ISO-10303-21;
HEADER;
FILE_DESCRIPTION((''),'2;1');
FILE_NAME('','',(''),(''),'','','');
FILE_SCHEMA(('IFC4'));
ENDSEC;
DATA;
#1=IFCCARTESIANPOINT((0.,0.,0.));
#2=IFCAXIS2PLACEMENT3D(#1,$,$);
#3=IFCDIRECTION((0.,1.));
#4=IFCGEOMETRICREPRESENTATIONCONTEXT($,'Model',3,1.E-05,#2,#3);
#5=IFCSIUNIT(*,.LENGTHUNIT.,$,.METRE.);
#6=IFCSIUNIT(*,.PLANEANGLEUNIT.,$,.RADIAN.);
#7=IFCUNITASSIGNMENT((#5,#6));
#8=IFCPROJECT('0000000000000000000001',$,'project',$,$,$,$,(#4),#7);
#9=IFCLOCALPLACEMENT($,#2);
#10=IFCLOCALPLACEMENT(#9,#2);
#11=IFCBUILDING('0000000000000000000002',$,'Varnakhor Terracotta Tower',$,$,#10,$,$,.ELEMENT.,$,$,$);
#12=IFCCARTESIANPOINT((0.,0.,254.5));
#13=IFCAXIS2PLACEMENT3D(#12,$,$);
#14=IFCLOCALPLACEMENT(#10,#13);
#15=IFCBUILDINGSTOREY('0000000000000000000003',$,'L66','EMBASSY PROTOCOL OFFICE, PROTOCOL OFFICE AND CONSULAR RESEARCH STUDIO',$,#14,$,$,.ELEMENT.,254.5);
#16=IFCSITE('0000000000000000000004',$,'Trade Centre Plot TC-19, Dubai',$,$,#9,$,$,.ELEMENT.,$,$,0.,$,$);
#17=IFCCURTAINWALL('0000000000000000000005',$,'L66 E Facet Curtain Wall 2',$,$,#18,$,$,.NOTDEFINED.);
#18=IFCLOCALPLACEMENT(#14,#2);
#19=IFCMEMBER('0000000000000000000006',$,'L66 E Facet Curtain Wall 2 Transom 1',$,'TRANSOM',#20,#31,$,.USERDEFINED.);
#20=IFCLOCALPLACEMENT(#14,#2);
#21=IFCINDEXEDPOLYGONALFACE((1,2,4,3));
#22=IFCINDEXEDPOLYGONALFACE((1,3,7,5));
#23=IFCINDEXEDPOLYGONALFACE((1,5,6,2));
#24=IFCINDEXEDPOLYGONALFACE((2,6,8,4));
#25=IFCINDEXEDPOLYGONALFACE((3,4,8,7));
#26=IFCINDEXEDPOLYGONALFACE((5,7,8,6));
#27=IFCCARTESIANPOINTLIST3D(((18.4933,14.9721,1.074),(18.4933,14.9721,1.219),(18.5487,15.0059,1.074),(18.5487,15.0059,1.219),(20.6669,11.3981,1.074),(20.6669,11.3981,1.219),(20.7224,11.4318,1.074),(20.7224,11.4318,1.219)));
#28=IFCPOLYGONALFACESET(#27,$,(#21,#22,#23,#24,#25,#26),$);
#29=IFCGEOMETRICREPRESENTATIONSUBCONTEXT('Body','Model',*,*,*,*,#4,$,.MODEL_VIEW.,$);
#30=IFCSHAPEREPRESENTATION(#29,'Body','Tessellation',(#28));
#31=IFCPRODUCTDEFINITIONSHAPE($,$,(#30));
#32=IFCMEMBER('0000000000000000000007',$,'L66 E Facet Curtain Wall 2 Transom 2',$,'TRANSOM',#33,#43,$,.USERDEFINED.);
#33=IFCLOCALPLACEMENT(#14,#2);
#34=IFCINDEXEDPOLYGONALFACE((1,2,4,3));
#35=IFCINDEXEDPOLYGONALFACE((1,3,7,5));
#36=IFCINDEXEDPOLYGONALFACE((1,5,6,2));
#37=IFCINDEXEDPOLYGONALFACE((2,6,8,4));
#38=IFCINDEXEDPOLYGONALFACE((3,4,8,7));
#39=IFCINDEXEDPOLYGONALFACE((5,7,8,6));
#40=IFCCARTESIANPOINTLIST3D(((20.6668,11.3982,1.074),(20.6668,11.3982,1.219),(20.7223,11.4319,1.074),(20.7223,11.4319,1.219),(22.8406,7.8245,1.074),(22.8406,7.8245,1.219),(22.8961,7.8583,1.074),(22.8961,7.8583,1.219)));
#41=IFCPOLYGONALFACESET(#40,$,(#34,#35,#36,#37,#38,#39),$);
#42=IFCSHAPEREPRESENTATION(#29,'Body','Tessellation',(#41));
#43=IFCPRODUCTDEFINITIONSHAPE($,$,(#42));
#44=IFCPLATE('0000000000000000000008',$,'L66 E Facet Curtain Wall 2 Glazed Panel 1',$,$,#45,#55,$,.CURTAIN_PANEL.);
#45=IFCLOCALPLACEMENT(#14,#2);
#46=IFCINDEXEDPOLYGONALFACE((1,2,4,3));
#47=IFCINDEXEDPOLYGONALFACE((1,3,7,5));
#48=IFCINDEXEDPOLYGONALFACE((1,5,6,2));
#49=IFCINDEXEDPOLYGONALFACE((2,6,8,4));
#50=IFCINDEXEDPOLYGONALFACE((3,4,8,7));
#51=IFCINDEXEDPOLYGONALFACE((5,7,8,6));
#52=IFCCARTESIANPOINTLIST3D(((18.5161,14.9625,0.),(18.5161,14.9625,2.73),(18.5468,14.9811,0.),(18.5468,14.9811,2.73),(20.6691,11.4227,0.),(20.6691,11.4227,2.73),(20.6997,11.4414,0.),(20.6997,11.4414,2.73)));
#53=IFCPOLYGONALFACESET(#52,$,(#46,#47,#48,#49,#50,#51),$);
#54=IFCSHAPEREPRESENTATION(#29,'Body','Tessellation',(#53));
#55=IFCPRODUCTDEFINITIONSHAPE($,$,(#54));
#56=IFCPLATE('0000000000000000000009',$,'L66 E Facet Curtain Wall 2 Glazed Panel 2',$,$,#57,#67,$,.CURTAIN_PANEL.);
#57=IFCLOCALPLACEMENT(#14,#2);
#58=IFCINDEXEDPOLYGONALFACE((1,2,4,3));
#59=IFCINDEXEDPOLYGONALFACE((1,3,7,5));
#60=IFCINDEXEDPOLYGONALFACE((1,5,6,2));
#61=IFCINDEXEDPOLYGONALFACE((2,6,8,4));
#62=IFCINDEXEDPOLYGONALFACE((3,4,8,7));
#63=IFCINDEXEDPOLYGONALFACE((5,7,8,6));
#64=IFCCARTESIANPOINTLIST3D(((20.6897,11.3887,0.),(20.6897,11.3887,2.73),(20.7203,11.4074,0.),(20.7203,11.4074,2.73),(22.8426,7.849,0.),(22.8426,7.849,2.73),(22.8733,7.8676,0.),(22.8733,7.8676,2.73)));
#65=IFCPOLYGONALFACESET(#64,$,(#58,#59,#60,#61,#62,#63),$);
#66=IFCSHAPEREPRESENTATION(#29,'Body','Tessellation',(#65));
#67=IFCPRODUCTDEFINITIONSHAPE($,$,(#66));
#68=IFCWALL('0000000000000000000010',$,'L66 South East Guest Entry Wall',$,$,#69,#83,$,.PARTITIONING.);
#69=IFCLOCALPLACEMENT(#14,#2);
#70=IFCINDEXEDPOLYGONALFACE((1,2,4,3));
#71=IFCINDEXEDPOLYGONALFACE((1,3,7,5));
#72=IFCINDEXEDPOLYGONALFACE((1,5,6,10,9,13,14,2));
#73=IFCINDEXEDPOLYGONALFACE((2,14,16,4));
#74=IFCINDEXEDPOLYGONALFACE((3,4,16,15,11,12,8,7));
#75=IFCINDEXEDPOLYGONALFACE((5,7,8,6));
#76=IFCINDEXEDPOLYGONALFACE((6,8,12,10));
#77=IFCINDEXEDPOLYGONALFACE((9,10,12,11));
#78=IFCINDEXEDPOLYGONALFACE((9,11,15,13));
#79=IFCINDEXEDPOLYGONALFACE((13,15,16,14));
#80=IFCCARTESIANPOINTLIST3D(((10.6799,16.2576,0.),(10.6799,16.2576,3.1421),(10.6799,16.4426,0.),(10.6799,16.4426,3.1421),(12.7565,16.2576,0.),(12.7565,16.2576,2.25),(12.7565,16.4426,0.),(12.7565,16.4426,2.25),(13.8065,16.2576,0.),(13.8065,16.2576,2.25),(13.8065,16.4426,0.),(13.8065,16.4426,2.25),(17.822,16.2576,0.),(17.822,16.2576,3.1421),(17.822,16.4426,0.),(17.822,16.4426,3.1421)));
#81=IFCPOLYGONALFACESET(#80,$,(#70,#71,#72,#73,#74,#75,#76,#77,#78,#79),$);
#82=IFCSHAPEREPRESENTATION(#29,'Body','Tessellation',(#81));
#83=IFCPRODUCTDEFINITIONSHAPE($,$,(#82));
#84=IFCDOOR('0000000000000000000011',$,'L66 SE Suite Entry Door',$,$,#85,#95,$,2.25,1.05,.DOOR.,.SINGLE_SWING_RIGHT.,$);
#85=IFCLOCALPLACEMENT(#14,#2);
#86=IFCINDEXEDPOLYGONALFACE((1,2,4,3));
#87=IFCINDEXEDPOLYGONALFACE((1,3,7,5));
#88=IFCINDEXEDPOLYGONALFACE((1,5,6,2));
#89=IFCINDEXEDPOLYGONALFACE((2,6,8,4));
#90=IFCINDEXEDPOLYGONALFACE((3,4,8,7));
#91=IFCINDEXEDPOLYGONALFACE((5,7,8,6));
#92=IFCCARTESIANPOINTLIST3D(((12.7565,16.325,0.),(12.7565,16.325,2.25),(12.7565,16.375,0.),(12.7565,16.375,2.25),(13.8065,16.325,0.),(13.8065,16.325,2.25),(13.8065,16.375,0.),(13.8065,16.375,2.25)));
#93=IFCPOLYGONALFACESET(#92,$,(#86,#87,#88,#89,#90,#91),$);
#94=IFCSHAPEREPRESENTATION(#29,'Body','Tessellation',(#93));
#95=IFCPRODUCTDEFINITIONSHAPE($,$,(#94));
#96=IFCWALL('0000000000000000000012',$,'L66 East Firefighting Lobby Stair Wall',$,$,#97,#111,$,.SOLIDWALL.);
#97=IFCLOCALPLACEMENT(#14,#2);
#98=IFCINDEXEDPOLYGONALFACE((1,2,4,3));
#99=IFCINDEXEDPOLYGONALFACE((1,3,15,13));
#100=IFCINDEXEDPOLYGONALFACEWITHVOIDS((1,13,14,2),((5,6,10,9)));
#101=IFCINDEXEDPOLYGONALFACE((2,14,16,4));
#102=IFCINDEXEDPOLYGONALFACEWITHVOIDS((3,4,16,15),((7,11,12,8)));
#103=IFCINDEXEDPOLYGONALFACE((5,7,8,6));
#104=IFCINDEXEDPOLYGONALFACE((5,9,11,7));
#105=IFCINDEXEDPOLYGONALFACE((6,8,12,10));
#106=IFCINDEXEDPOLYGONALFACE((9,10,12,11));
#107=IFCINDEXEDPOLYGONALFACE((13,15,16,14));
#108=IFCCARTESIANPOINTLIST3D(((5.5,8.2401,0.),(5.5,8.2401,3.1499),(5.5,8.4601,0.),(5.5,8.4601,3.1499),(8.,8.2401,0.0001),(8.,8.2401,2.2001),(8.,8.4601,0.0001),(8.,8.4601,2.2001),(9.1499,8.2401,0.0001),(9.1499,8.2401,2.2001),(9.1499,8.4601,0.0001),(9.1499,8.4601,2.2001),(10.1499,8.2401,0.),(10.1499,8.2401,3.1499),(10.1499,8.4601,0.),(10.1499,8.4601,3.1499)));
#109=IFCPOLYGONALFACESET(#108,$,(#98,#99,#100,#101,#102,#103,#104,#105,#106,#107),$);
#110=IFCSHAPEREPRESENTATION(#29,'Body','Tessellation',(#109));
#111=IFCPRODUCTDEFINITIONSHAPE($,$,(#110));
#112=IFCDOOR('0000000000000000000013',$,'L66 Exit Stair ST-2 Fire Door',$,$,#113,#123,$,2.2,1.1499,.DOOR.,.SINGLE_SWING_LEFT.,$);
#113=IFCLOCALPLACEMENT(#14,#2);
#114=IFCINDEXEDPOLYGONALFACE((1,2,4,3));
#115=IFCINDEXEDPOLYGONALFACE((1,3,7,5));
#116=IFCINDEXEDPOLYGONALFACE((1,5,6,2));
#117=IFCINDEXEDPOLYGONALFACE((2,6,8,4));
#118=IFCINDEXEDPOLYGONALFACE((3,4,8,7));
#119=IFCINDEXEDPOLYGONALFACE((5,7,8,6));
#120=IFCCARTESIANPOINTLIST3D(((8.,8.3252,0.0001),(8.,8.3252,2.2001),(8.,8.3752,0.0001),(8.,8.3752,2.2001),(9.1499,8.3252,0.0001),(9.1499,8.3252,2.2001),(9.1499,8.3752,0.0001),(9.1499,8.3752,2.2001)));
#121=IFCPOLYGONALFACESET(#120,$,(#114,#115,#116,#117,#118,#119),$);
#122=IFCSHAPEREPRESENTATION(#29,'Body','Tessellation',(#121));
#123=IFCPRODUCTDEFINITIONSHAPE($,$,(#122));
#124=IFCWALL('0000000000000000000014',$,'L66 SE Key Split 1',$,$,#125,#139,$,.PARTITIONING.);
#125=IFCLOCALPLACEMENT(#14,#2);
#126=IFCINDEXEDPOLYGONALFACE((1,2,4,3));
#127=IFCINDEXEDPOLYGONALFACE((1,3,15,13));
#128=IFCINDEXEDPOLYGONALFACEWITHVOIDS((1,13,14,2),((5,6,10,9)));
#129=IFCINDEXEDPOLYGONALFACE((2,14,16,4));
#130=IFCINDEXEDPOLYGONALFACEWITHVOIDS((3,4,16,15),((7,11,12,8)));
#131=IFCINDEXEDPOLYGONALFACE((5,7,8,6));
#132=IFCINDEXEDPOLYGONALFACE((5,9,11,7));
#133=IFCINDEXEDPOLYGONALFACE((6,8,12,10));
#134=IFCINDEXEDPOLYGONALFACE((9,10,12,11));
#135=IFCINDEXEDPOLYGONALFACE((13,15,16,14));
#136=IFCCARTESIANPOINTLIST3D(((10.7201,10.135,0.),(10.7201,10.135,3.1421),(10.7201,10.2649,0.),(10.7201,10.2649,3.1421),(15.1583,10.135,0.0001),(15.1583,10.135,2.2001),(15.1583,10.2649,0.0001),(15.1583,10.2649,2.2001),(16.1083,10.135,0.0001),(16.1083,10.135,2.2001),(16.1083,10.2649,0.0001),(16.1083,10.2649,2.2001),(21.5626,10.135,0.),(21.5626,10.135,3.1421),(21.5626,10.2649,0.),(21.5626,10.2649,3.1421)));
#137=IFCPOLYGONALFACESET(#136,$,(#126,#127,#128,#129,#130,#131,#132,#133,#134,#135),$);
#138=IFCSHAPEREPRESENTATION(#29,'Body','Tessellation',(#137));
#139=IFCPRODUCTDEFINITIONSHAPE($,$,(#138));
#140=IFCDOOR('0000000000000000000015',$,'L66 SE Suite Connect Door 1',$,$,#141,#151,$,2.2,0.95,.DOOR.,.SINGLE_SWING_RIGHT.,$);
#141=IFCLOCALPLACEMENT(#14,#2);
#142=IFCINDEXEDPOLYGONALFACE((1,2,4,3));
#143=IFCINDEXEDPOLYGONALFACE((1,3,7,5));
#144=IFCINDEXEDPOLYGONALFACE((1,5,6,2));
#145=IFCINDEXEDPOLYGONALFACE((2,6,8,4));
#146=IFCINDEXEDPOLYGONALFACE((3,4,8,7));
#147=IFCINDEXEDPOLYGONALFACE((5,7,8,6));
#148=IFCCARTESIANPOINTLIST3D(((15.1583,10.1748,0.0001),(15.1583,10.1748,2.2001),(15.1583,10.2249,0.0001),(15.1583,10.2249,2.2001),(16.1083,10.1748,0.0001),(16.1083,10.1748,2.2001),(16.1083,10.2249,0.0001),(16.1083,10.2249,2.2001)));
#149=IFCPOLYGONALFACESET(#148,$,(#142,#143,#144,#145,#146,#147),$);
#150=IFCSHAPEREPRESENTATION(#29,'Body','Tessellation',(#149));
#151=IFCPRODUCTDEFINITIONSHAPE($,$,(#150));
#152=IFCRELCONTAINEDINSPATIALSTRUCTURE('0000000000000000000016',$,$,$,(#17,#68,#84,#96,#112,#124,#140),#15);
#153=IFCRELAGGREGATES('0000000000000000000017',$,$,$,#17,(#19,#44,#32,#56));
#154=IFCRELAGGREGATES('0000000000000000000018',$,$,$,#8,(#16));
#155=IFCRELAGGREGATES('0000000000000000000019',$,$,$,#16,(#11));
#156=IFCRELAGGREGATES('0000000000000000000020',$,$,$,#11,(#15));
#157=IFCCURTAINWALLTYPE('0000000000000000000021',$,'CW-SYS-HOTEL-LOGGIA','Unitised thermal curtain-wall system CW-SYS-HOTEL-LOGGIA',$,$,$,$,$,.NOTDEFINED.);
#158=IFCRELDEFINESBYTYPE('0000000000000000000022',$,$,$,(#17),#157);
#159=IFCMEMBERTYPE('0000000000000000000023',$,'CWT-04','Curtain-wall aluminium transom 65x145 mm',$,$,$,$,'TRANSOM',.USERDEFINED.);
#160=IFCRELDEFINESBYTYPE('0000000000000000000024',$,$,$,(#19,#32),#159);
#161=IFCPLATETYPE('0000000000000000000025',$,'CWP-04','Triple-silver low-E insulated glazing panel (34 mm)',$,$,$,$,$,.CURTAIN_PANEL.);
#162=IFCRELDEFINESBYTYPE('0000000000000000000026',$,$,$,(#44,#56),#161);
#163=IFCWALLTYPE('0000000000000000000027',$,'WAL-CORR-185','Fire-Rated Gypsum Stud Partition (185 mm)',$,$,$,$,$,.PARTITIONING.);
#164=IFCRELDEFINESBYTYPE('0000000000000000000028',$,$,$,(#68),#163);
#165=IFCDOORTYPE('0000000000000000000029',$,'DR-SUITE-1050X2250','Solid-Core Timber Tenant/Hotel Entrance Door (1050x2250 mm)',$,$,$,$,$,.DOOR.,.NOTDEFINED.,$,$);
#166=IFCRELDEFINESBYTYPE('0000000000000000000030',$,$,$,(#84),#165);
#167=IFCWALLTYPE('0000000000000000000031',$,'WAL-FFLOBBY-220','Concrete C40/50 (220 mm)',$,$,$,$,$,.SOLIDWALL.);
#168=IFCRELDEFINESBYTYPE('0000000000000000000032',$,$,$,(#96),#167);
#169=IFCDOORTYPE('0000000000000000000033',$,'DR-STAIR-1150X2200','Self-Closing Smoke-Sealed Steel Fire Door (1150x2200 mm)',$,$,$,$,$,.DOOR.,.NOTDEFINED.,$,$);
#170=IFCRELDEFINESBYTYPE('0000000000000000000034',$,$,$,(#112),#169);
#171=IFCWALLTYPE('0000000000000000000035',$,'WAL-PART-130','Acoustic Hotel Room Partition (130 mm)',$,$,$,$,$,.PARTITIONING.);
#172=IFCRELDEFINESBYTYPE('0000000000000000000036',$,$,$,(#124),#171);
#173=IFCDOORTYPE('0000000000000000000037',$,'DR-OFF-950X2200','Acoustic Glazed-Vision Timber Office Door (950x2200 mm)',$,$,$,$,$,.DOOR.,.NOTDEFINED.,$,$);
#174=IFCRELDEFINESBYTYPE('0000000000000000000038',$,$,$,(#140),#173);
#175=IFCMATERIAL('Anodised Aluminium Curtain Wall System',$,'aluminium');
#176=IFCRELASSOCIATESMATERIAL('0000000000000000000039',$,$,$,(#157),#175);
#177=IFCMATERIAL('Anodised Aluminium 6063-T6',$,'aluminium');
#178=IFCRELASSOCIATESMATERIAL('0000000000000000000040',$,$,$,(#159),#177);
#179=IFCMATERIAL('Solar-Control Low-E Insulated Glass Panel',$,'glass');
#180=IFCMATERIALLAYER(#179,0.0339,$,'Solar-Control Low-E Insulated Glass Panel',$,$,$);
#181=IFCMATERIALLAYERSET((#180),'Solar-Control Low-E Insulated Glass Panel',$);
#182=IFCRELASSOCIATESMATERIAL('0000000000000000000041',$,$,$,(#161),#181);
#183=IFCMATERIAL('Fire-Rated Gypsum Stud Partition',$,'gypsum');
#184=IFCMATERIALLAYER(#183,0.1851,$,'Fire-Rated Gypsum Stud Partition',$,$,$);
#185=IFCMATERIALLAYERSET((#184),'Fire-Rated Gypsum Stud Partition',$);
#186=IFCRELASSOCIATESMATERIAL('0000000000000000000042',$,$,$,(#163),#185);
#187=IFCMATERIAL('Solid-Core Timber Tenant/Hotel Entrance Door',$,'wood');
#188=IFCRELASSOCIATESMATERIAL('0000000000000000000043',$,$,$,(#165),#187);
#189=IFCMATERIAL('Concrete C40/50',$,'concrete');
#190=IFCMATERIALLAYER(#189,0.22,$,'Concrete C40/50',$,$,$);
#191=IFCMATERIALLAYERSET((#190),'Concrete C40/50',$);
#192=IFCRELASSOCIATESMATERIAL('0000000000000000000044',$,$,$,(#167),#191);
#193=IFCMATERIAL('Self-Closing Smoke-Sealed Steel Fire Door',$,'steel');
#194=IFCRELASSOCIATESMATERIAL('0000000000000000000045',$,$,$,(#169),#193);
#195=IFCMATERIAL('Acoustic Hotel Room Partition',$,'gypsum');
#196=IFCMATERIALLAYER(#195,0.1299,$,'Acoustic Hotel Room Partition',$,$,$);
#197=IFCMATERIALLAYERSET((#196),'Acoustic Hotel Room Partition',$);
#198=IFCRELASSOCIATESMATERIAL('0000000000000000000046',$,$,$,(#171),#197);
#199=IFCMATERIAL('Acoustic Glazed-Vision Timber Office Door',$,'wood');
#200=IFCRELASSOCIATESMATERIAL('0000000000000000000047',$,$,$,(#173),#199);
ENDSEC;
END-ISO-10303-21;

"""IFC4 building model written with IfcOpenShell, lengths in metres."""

from ifc_helpers import new_model, si_unit, direction, frame, frame_2d, origin, origin_2d, place, context, subcontext, project, spatial, rectangle, extrude, source, transform, mapped, material, layer, layer_set, material_profile, profile_set, type_object, type_shapes, element, fill, aggregate, save


model = new_model("IFC4")

# Units and contexts
model_context = context("Model", 3, precision=1e-05, world=origin(), true_north=direction((0.0, 1.0)))
body_context = subcontext(model_context, "Body", "Model", "MODEL_VIEW")
ifc_project = project(units=[si_unit("LENGTHUNIT", "METRE"), si_unit("PLANEANGLEUNIT", "RADIAN")], contexts=[model_context])

# Site, building, storey
site_placement = place(None, origin())
site = spatial("IfcSite", under=ifc_project, at=site_placement, Name="Trade Centre Plot TC-19, Dubai", CompositionType="ELEMENT", RefElevation=0.0)
building_placement = place(site_placement, origin())
building = spatial("IfcBuilding", under=site, at=building_placement, Name="Varnakhor Terracotta Tower", CompositionType="ELEMENT")
storey_placement = place(building_placement, frame((0.0, 0.0, 254.5)))
storey = spatial("IfcBuildingStorey", under=building, at=storey_placement, Name="L66", Description="EMBASSY PROTOCOL OFFICE, PROTOCOL OFFICE AND CONSULAR RESEARCH STUDIO", CompositionType="ELEMENT", Elevation=254.5)

# Curtain wall, members, plates
ifc_material_1 = material(Name="Anodised Aluminium Curtain Wall System", Category="aluminium")
curtain_wall_type = type_object("IfcCurtainWallType", Name="CW-SYS-HOTEL-LOGGIA", Description="Unitised thermal curtain-wall system CW-SYS-HOTEL-LOGGIA", PredefinedType="NOTDEFINED", material=ifc_material_1)
curtain_wall_placement = place(storey_placement, origin())
curtain_wall = element("IfcCurtainWall", 1, at=curtain_wall_placement, inside=storey, type_object=curtain_wall_type, Name="L66 E Facet Curtain Wall 2", PredefinedType="NOTDEFINED")
ifc_material_2 = material(Name="Anodised Aluminium 6063-T6", Category="aluminium")
ifc_material_profile_1 = material_profile(ifc_material_2, rectangle(XDim=0.0649, YDim=0.145, at=origin_2d()), Name="ALU TRANSOM 65x145")
ifc_profile_set_1 = profile_set([ifc_material_profile_1], Name="Anodised Aluminium 6063-T6")
member_type_1 = type_object("IfcMemberType", Name="CWT-04", Description="Curtain-wall aluminium transom 65x145 mm", ElementType="TRANSOM", PredefinedType="USERDEFINED", material=ifc_profile_set_1)
shared_shape_1 = source(origin(), body_context, "Body", "SweptSolid", [
    extrude(rectangle(XDim=0.0649, YDim=0.145, at=origin_2d()), origin(), (0.0, 0.0, 1.0), 4.1831),
])
member_1_placement = place(storey_placement, frame((18.521, 14.989, 1.1465), z_axis=(0.519619, -0.854398, 0.0), x_axis=(0.854398, 0.519619, 0.0)))
member_1 = element("IfcMember", 2, at=member_1_placement, type_object=member_type_1, Name="L66 E Facet Curtain Wall 2 Transom 1", ObjectType="TRANSOM", PredefinedType="USERDEFINED", context=body_context, shape_type="MappedRepresentation", body=[
    mapped(shared_shape_1, transform((0.0, 0.0, 0.0), scale=1.0)),
])
shared_shape_2 = source(origin(), body_context, "Body", "SweptSolid", [
    extrude(rectangle(XDim=0.0649, YDim=0.145, at=origin_2d()), origin(), (0.0, 0.0, 1.0), 4.1829),
])
member_2_placement = place(storey_placement, frame((20.6946, 11.415, 1.1465), z_axis=(0.519688, -0.854356, 0.0), x_axis=(0.854356, 0.519688, 0.0)))
member_2 = element("IfcMember", 3, at=member_2_placement, type_object=member_type_1, Name="L66 E Facet Curtain Wall 2 Transom 2", ObjectType="TRANSOM", PredefinedType="USERDEFINED", context=body_context, shape_type="MappedRepresentation", body=[
    mapped(shared_shape_2, transform((0.0, 0.0, 0.0), scale=1.0)),
])
ifc_material_3 = material(Name="Solar-Control Low-E Insulated Glass Panel", Category="glass")
ifc_layer_1 = layer(ifc_material_3, 0.0339, Name="Solar-Control Low-E Insulated Glass Panel")
ifc_layer_set_1 = layer_set([ifc_layer_1], Name="Solar-Control Low-E Insulated Glass Panel")
plate_type = type_object("IfcPlateType", Name="CWP-04", Description="Triple-silver low-E insulated glazing panel (34 mm)", PredefinedType="CURTAIN_PANEL", material=ifc_layer_set_1)
shared_shape_3 = source(origin(), body_context, "Body", "SweptSolid", [
    extrude(rectangle(XDim=4.1431, YDim=0.0359, at=origin_2d()), origin(), (0.0, 0.0, 1.0), 2.73),
])
plate_1_placement = place(storey_placement, frame((19.6079, 13.2019, 0.0), z_axis=(0.0, 0.0, 1.0), x_axis=(0.519653, -0.854377, 0.0)))
plate_1 = element("IfcPlate", 4, at=plate_1_placement, type_object=plate_type, Name="L66 E Facet Curtain Wall 2 Glazed Panel 1", PredefinedType="CURTAIN_PANEL", context=body_context, shape_type="MappedRepresentation", body=[
    mapped(shared_shape_3, transform((0.0, 0.0, 0.0), scale=1.0)),
])
plate_2_placement = place(storey_placement, frame((21.7815, 9.6282, 0.0), z_axis=(0.0, 0.0, 1.0), x_axis=(0.519653, -0.854377, 0.0)))
plate_2 = element("IfcPlate", 5, at=plate_2_placement, type_object=plate_type, Name="L66 E Facet Curtain Wall 2 Glazed Panel 2", PredefinedType="CURTAIN_PANEL", context=body_context, shape_type="MappedRepresentation", body=[
    mapped(shared_shape_3, transform((0.0, 0.0, 0.0), scale=1.0)),
])
aggregate(curtain_wall, [member_1, plate_1, member_2, plate_2])

# Walls, openings, doors
ifc_material_4 = material(Name="Fire-Rated Gypsum Stud Partition", Category="gypsum")
ifc_layer_2 = layer(ifc_material_4, 0.1851, Name="Fire-Rated Gypsum Stud Partition")
ifc_layer_set_2 = layer_set([ifc_layer_2], Name="Fire-Rated Gypsum Stud Partition")
wall_type_1 = type_object("IfcWallType", Name="WAL-CORR-185", Description="Fire-Rated Gypsum Stud Partition (185 mm)", PredefinedType="PARTITIONING", material=ifc_layer_set_2)
wall_1_placement = place(storey_placement, frame((10.6799, 16.3501, 0.0), z_axis=(0.0, 0.0, 1.0), x_axis=(1.0, 0.0, 0.0)))
wall_1 = element("IfcWall", 6, at=wall_1_placement, inside=storey, type_object=wall_type_1, Name="L66 South East Guest Entry Wall", PredefinedType="PARTITIONING", context=body_context, shape_type="SweptSolid", body=[
    extrude(rectangle(XDim=7.1421, YDim=0.1851, at=frame_2d((3.571, 0.0))), origin(), (0.0, 0.0, 1.0), 3.1421),
])
opening_1_placement = place(wall_1_placement, frame((2.0767, 0.0, 0.0)))
opening_1 = element("IfcOpeningElement", 7, at=opening_1_placement, cuts=wall_1, PredefinedType="OPENING", context=body_context, shape_type="SweptSolid", body=[
    extrude(rectangle(XDim=1.05, YDim=2.25, at=frame_2d((0.5249, 1.125))), frame((0.0, 0.1025, 0.0), z_axis=(0.0, -1.0, 0.0), x_axis=(1.0, 0.0, 0.0)), (0.0, 0.0, 1.0), 0.2051),
])
ifc_material_5 = material(Name="Solid-Core Timber Tenant/Hotel Entrance Door", Category="wood")
door_type_1 = type_object("IfcDoorType", Name="DR-SUITE-1050X2250", Description="Solid-Core Timber Tenant/Hotel Entrance Door (1050x2250 mm)", OperationType="NOTDEFINED", PredefinedType="DOOR", material=ifc_material_5)
shared_shape_4 = source(origin(), body_context, "Body", "SweptSolid", [
    extrude(rectangle(XDim=1.05, YDim=2.25, at=frame_2d((0.5249, 1.125))), frame((0.0, 0.0249, 0.0), z_axis=(0.0, -1.0, 0.0), x_axis=(1.0, 0.0, 0.0)), (0.0, 0.0, 1.0), 0.05),
])
type_shapes(door_type_1, [shared_shape_4])
door_1_placement = place(opening_1_placement, origin())
door_1 = element("IfcDoor", 8, at=door_1_placement, inside=storey, type_object=door_type_1, Name="L66 SE Suite Entry Door", OperationType="SINGLE_SWING_RIGHT", OverallHeight=2.25, OverallWidth=1.05, PredefinedType="DOOR", context=body_context, shape_type="MappedRepresentation", body=[
    mapped(shared_shape_4, transform((0.0, 0.0, 0.0), scale=1.0)),
])
fill(opening_1, door_1)
ifc_material_6 = material(Name="Concrete C40/50", Category="concrete")
ifc_layer_3 = layer(ifc_material_6, 0.22, Name="Concrete C40/50")
ifc_layer_set_3 = layer_set([ifc_layer_3], Name="Concrete C40/50")
wall_type_2 = type_object("IfcWallType", Name="WAL-FFLOBBY-220", Description="Concrete C40/50 (220 mm)", PredefinedType="SOLIDWALL", material=ifc_layer_set_3)
wall_2_placement = place(storey_placement, frame((10.1499, 8.3501, 0.0), z_axis=(0.0, 0.0, 1.0), x_axis=(-1.0, 0.0, 0.0)))
wall_2 = element("IfcWall", 9, at=wall_2_placement, inside=storey, type_object=wall_type_2, Name="L66 East Firefighting Lobby Stair Wall", PredefinedType="SOLIDWALL", context=body_context, shape_type="SweptSolid", body=[
    extrude(rectangle(XDim=4.6499, YDim=0.22, at=frame_2d((2.325, 0.0))), origin(), (0.0, 0.0, 1.0), 3.1499),
])
opening_2_placement = place(wall_2_placement, frame((1.0, 0.0, 0.0)))
opening_2 = element("IfcOpeningElement", 10, at=opening_2_placement, cuts=wall_2, PredefinedType="OPENING", context=body_context, shape_type="SweptSolid", body=[
    extrude(rectangle(XDim=1.1499, YDim=2.2, at=frame_2d((0.575, 1.1001))), frame((0.0, 0.1201, 0.0), z_axis=(0.0, -1.0, 0.0), x_axis=(1.0, 0.0, 0.0)), (0.0, 0.0, 1.0), 0.24),
])
ifc_material_7 = material(Name="Self-Closing Smoke-Sealed Steel Fire Door", Category="steel")
door_type_2 = type_object("IfcDoorType", Name="DR-STAIR-1150X2200", Description="Self-Closing Smoke-Sealed Steel Fire Door (1150x2200 mm)", OperationType="NOTDEFINED", PredefinedType="DOOR", material=ifc_material_7)
shared_shape_5 = source(origin(), body_context, "Body", "SweptSolid", [
    extrude(rectangle(XDim=1.1499, YDim=2.2, at=frame_2d((0.575, 1.1001))), frame((0.0, 0.0249, 0.0), z_axis=(0.0, -1.0, 0.0), x_axis=(1.0, 0.0, 0.0)), (0.0, 0.0, 1.0), 0.05),
])
type_shapes(door_type_2, [shared_shape_5])
door_2_placement = place(opening_2_placement, origin())
door_2 = element("IfcDoor", 11, at=door_2_placement, inside=storey, type_object=door_type_2, Name="L66 Exit Stair ST-2 Fire Door", OperationType="SINGLE_SWING_LEFT", OverallHeight=2.2, OverallWidth=1.1499, PredefinedType="DOOR", context=body_context, shape_type="MappedRepresentation", body=[
    mapped(shared_shape_5, transform((0.0, 0.0, 0.0), scale=1.0)),
])
fill(opening_2, door_2)
ifc_material_8 = material(Name="Acoustic Hotel Room Partition", Category="gypsum")
ifc_layer_4 = layer(ifc_material_8, 0.1299, Name="Acoustic Hotel Room Partition")
ifc_layer_set_4 = layer_set([ifc_layer_4], Name="Acoustic Hotel Room Partition")
wall_type_3 = type_object("IfcWallType", Name="WAL-PART-130", Description="Acoustic Hotel Room Partition (130 mm)", PredefinedType="PARTITIONING", material=ifc_layer_set_4)
wall_3_placement = place(storey_placement, frame((10.72, 10.2, 0.0), z_axis=(0.0, 0.0, 1.0), x_axis=(1.0, 0.0, 0.0)))
wall_3 = element("IfcWall", 12, at=wall_3_placement, inside=storey, type_object=wall_type_3, Name="L66 SE Key Split 1", PredefinedType="PARTITIONING", context=body_context, shape_type="SweptSolid", body=[
    extrude(rectangle(XDim=10.8425, YDim=0.1299, at=frame_2d((5.4214, 0.0))), origin(), (0.0, 0.0, 1.0), 3.1421),
])
opening_3_placement = place(wall_3_placement, frame((4.4382, 0.0, 0.0)))
opening_3 = element("IfcOpeningElement", 13, at=opening_3_placement, cuts=wall_3, PredefinedType="OPENING", context=body_context, shape_type="SweptSolid", body=[
    extrude(rectangle(XDim=0.95, YDim=2.2, at=frame_2d((0.4751, 1.1001))), frame((0.0, 0.075, 0.0), z_axis=(0.0, -1.0, 0.0), x_axis=(1.0, 0.0, 0.0)), (0.0, 0.0, 1.0), 0.1499),
])
ifc_material_9 = material(Name="Acoustic Glazed-Vision Timber Office Door", Category="wood")
door_type_3 = type_object("IfcDoorType", Name="DR-OFF-950X2200", Description="Acoustic Glazed-Vision Timber Office Door (950x2200 mm)", OperationType="NOTDEFINED", PredefinedType="DOOR", material=ifc_material_9)
shared_shape_6 = source(origin(), body_context, "Body", "SweptSolid", [
    extrude(rectangle(XDim=0.95, YDim=2.2, at=frame_2d((0.4751, 1.1001))), frame((0.0, 0.0249, 0.0), z_axis=(0.0, -1.0, 0.0), x_axis=(1.0, 0.0, 0.0)), (0.0, 0.0, 1.0), 0.05),
])
type_shapes(door_type_3, [shared_shape_6])
door_3_placement = place(opening_3_placement, origin())
door_3 = element("IfcDoor", 14, at=door_3_placement, inside=storey, type_object=door_type_3, Name="L66 SE Suite Connect Door 1", OperationType="SINGLE_SWING_RIGHT", OverallHeight=2.2, OverallWidth=0.95, PredefinedType="DOOR", context=body_context, shape_type="MappedRepresentation", body=[
    mapped(shared_shape_6, transform((0.0, 0.0, 0.0), scale=1.0)),
])
fill(opening_3, door_3)

save(model, "model.ifc")
